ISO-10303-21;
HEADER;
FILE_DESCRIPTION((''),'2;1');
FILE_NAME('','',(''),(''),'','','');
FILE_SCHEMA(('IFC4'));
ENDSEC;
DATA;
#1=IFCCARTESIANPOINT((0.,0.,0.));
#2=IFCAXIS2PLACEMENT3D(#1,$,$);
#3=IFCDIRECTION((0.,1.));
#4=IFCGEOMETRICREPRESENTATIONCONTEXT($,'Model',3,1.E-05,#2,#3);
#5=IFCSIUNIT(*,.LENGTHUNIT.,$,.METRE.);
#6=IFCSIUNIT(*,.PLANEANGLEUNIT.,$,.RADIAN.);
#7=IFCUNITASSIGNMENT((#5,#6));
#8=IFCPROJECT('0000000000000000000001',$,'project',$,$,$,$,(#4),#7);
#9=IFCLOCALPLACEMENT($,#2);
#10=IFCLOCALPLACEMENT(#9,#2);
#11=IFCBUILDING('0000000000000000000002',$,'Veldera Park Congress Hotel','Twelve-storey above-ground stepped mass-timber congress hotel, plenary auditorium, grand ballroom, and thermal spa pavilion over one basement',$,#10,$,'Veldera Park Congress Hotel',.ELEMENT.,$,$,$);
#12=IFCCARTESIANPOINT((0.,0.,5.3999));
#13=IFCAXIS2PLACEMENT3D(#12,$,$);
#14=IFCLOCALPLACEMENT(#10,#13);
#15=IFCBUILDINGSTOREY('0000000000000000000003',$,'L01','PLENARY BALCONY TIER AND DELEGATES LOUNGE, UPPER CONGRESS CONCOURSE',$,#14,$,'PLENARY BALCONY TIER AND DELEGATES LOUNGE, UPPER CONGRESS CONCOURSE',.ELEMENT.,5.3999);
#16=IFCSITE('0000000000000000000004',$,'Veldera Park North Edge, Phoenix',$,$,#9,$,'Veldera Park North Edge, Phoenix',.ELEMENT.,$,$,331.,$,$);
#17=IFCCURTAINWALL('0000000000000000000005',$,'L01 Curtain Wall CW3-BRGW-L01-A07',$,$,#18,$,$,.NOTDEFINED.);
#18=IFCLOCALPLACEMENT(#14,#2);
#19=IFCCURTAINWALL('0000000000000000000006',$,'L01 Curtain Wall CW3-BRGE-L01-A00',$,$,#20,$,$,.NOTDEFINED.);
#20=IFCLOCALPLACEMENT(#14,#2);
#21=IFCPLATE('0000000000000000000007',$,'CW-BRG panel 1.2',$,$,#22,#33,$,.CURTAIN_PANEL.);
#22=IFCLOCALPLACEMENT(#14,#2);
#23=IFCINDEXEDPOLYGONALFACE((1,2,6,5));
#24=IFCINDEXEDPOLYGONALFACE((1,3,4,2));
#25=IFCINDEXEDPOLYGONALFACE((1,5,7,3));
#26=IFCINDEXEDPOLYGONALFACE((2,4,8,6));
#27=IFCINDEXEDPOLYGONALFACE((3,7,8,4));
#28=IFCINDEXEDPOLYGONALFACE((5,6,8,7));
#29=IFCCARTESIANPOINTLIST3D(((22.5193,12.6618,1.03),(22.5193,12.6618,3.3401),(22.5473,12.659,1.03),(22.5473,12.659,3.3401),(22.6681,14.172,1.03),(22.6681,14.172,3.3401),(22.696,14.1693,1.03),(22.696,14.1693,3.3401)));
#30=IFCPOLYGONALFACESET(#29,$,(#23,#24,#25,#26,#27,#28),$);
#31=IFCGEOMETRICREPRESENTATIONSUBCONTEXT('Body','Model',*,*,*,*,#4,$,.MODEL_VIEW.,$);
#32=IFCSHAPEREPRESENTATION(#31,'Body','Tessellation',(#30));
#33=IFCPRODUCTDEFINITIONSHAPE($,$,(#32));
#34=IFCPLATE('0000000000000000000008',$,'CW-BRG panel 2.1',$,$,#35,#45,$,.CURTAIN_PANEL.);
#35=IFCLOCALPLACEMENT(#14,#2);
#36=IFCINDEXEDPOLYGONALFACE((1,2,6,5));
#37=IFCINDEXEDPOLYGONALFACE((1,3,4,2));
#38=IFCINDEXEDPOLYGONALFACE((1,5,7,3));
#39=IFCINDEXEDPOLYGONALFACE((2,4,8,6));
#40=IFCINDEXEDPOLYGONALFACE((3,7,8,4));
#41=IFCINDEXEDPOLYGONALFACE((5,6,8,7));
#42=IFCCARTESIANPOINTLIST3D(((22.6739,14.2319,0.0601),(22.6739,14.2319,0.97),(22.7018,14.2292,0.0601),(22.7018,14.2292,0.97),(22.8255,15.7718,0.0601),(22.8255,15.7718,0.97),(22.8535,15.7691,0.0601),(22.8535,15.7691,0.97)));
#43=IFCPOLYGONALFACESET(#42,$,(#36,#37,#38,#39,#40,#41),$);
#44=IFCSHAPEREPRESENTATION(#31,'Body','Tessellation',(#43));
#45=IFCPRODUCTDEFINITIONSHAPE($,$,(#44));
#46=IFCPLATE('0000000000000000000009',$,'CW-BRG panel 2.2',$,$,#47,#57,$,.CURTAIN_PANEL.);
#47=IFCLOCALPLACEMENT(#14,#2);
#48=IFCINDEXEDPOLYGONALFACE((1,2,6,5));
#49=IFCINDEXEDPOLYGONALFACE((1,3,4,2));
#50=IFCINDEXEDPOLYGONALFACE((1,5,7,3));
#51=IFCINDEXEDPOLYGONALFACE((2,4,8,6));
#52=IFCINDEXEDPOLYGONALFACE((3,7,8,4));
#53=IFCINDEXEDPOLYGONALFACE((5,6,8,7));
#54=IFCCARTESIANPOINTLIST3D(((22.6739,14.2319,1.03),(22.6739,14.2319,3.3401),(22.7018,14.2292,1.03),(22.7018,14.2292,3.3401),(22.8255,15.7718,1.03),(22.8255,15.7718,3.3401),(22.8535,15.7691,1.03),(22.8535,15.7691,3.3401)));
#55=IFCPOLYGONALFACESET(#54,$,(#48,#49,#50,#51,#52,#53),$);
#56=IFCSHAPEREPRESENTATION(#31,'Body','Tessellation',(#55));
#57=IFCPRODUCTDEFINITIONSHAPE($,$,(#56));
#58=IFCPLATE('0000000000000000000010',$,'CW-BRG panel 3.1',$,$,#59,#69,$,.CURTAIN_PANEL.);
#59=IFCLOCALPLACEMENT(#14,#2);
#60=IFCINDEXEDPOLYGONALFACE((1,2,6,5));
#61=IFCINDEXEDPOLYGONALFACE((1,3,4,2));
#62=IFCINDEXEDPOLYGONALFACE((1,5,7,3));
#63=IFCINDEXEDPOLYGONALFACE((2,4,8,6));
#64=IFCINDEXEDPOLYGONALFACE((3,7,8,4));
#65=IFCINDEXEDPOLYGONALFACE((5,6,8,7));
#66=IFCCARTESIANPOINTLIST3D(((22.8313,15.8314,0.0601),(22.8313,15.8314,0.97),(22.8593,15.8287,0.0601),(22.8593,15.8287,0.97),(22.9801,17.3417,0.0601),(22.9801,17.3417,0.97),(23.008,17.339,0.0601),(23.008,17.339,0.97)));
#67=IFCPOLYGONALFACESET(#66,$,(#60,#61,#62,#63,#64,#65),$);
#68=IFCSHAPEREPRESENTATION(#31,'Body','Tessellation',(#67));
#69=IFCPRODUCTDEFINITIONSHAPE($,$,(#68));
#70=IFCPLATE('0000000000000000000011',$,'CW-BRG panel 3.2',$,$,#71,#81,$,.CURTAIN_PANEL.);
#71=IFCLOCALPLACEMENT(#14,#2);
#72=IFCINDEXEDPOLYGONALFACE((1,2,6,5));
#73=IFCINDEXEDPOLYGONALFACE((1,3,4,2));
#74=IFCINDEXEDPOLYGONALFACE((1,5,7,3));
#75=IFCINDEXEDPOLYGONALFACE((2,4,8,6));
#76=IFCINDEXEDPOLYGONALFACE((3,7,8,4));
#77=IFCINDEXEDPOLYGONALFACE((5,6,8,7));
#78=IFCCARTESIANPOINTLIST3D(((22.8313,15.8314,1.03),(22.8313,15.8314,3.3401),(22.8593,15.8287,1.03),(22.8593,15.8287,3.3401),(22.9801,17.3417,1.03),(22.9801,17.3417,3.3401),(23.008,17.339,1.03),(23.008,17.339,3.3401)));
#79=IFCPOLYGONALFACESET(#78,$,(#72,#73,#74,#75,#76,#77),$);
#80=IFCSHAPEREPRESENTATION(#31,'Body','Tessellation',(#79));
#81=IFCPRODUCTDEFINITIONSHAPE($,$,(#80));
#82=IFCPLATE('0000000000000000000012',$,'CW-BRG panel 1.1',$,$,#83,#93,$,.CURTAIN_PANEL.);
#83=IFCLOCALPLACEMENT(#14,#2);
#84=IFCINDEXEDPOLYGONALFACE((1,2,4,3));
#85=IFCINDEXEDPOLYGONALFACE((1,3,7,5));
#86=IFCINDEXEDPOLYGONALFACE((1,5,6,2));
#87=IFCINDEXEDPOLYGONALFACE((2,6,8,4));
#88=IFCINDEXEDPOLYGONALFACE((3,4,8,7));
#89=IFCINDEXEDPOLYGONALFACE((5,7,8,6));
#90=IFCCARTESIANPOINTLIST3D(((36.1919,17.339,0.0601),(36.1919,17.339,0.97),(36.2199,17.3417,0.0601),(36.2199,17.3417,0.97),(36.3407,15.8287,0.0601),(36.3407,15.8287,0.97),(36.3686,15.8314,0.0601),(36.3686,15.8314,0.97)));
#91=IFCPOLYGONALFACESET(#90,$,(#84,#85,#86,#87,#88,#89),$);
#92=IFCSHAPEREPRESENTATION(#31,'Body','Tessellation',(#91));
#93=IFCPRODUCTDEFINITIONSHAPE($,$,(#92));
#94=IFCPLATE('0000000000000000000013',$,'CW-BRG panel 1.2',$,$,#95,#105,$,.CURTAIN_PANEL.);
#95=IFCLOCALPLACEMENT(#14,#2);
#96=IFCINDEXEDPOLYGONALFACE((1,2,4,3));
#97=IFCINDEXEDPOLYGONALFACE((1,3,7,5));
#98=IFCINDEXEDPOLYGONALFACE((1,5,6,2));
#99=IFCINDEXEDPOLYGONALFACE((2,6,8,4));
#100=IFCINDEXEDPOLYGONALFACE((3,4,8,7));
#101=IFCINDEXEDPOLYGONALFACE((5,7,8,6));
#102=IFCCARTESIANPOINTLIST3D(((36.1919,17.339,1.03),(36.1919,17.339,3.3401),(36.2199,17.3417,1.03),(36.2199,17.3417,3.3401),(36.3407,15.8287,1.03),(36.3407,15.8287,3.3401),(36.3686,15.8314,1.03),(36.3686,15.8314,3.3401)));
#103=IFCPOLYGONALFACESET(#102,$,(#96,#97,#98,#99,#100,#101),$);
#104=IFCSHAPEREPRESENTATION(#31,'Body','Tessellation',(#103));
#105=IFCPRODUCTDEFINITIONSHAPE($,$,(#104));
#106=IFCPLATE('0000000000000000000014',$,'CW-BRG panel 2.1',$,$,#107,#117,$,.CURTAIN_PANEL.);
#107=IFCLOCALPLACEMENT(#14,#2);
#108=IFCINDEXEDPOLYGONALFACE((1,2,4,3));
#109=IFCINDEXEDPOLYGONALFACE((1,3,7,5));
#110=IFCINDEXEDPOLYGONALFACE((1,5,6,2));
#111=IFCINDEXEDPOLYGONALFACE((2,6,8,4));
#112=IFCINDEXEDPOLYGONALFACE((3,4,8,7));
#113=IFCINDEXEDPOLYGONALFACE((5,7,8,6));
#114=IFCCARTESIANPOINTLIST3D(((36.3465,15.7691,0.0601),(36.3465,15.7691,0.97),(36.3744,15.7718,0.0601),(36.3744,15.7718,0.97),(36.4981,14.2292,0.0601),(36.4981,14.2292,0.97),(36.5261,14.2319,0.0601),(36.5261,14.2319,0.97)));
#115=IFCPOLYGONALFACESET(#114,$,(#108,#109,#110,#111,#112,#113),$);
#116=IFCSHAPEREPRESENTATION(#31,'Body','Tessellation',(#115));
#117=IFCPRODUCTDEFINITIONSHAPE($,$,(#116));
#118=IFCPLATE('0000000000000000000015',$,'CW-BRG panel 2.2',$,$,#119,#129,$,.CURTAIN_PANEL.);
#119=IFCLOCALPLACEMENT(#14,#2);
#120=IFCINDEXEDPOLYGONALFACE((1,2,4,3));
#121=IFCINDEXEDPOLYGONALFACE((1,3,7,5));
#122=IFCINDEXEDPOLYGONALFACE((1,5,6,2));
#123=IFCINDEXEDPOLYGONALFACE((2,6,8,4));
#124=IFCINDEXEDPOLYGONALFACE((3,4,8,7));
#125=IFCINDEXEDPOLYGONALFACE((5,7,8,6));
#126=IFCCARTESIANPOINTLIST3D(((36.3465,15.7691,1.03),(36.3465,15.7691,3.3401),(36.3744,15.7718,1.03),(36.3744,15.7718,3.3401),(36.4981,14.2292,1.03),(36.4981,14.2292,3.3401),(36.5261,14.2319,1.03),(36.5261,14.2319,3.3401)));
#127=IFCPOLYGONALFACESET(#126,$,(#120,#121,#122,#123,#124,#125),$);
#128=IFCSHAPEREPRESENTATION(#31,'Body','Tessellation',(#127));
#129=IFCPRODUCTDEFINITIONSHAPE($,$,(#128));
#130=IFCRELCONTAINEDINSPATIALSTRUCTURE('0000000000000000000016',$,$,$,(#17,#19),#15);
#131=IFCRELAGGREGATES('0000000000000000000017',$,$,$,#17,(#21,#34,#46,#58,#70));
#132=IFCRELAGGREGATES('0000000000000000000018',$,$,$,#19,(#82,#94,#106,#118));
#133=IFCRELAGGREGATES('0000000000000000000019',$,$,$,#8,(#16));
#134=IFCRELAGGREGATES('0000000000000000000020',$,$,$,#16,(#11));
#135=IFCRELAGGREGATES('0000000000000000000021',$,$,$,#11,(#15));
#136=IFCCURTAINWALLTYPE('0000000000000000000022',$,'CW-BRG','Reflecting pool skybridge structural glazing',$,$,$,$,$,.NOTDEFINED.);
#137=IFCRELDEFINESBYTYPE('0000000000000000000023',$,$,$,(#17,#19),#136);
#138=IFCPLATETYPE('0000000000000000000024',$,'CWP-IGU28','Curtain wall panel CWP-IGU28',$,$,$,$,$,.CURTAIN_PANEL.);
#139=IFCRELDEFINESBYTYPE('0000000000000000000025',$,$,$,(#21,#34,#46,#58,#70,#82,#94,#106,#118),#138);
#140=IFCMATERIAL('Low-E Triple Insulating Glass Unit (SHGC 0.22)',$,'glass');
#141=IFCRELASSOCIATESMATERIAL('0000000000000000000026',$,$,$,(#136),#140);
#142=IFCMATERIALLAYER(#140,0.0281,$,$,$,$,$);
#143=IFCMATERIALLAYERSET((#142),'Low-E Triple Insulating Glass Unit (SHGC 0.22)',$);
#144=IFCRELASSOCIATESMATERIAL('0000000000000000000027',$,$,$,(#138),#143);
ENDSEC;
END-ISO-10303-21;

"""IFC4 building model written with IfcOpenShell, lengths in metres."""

from ifc_helpers import new_model, si_unit, direction, frame, origin, origin_2d, place, context, subcontext, project, spatial, rectangle, extrude, material, layer, layer_set, type_object, element, aggregate, save


model = new_model("IFC4")

# Units and contexts
model_context = context("Model", 3, precision=1e-05, world=origin(), true_north=direction((0.0, 1.0)))
body_context = subcontext(model_context, "Body", "Model", "MODEL_VIEW")
ifc_project = project(units=[si_unit("LENGTHUNIT", "METRE"), si_unit("PLANEANGLEUNIT", "RADIAN")], contexts=[model_context])

# Site, building, storey
site_placement = place(None, origin())
site = spatial("IfcSite", under=ifc_project, at=site_placement, Name="Veldera Park North Edge, Phoenix", LongName="Veldera Park North Edge, Phoenix", CompositionType="ELEMENT", RefElevation=331.0)
building_placement = place(site_placement, origin())
building = spatial("IfcBuilding", under=site, at=building_placement, Name="Veldera Park Congress Hotel", Description="Twelve-storey above-ground stepped mass-timber congress hotel, plenary auditorium, grand ballroom, and thermal spa pavilion over one basement", LongName="Veldera Park Congress Hotel", CompositionType="ELEMENT")
storey_placement = place(building_placement, frame((0.0, 0.0, 5.3999)))
storey = spatial("IfcBuildingStorey", under=building, at=storey_placement, Name="L01", Description="PLENARY BALCONY TIER AND DELEGATES LOUNGE, UPPER CONGRESS CONCOURSE", LongName="PLENARY BALCONY TIER AND DELEGATES LOUNGE, UPPER CONGRESS CONCOURSE", CompositionType="ELEMENT", Elevation=5.3999)

# Shared definitions
ifc_material_1 = material(Name="Low-E Triple Insulating Glass Unit (SHGC 0.22)", Category="glass")
curtain_wall_type = type_object("IfcCurtainWallType", Name="CW-BRG", Description="Reflecting pool skybridge structural glazing", PredefinedType="NOTDEFINED", material=ifc_material_1)

# Curtain walls
curtain_wall_1_placement = place(storey_placement, origin())
curtain_wall_1 = element("IfcCurtainWall", 1, at=curtain_wall_1_placement, inside=storey, type_object=curtain_wall_type, Name="L01 Curtain Wall CW3-BRGW-L01-A07", PredefinedType="NOTDEFINED")
curtain_wall_2_placement = place(storey_placement, origin())
curtain_wall_2 = element("IfcCurtainWall", 2, at=curtain_wall_2_placement, inside=storey, type_object=curtain_wall_type, Name="L01 Curtain Wall CW3-BRGE-L01-A00", PredefinedType="NOTDEFINED")

# Plates
ifc_layer = layer(ifc_material_1, 0.0281)
ifc_layer_set = layer_set([ifc_layer], Name="Low-E Triple Insulating Glass Unit (SHGC 0.22)")
plate_type = type_object("IfcPlateType", Name="CWP-IGU28", Description="Curtain wall panel CWP-IGU28", PredefinedType="CURTAIN_PANEL", material=ifc_layer_set)
plate_1_placement = place(storey_placement, frame((22.6077, 13.4155, 1.03), z_axis=(0.0, 0.0, 1.0), x_axis=(0.098021, 0.995184, 0.0)))
plate_1 = element("IfcPlate", 3, at=plate_1_placement, type_object=plate_type, Name="CW-BRG panel 1.2", PredefinedType="CURTAIN_PANEL", context=body_context, shape_type="SweptSolid", body=[
    extrude(rectangle(XDim=1.5176, YDim=0.0281, at=origin_2d()), origin(), (0.0, 0.0, 1.0), 2.3101),
])
plate_2_placement = place(storey_placement, frame((22.7637, 15.0005, 0.0601), z_axis=(0.0, 0.0, 1.0), x_axis=(0.098021, 0.995184, 0.0)))
plate_2 = element("IfcPlate", 4, at=plate_2_placement, type_object=plate_type, Name="CW-BRG panel 2.1", PredefinedType="CURTAIN_PANEL", context=body_context, shape_type="SweptSolid", body=[
    extrude(rectangle(XDim=1.5474, YDim=0.0281, at=origin_2d()), origin(), (0.0, 0.0, 1.0), 0.9099),
])
plate_3_placement = place(storey_placement, frame((22.7637, 15.0005, 1.03), z_axis=(0.0, 0.0, 1.0), x_axis=(0.098021, 0.995184, 0.0)))
plate_3 = element("IfcPlate", 5, at=plate_3_placement, type_object=plate_type, Name="CW-BRG panel 2.2", PredefinedType="CURTAIN_PANEL", context=body_context, shape_type="SweptSolid", body=[
    extrude(rectangle(XDim=1.5474, YDim=0.0281, at=origin_2d()), origin(), (0.0, 0.0, 1.0), 2.3101),
])
plate_4_placement = place(storey_placement, frame((22.9197, 16.5852, 0.0601), z_axis=(0.0, 0.0, 1.0), x_axis=(0.098021, 0.995184, 0.0)))
plate_4 = element("IfcPlate", 6, at=plate_4_placement, type_object=plate_type, Name="CW-BRG panel 3.1", PredefinedType="CURTAIN_PANEL", context=body_context, shape_type="SweptSolid", body=[
    extrude(rectangle(XDim=1.5176, YDim=0.0281, at=origin_2d()), origin(), (0.0, 0.0, 1.0), 0.9099),
])
plate_5_placement = place(storey_placement, frame((22.9197, 16.5852, 1.03), z_axis=(0.0, 0.0, 1.0), x_axis=(0.098021, 0.995184, 0.0)))
plate_5 = element("IfcPlate", 7, at=plate_5_placement, type_object=plate_type, Name="CW-BRG panel 3.2", PredefinedType="CURTAIN_PANEL", context=body_context, shape_type="SweptSolid", body=[
    extrude(rectangle(XDim=1.5176, YDim=0.0281, at=origin_2d()), origin(), (0.0, 0.0, 1.0), 2.3101),
])
aggregate(curtain_wall_1, [plate_1, plate_2, plate_3, plate_4, plate_5])
plate_6_placement = place(storey_placement, frame((36.2803, 16.5852, 0.0601), z_axis=(0.0, 0.0, 1.0), x_axis=(0.098021, -0.995184, 0.0)))
plate_6 = element("IfcPlate", 8, at=plate_6_placement, type_object=plate_type, Name="CW-BRG panel 1.1", PredefinedType="CURTAIN_PANEL", context=body_context, shape_type="SweptSolid", body=[
    extrude(rectangle(XDim=1.5176, YDim=0.0281, at=origin_2d()), origin(), (0.0, 0.0, 1.0), 0.9099),
])
plate_7_placement = place(storey_placement, frame((36.2803, 16.5852, 1.03), z_axis=(0.0, 0.0, 1.0), x_axis=(0.098021, -0.995184, 0.0)))
plate_7 = element("IfcPlate", 9, at=plate_7_placement, type_object=plate_type, Name="CW-BRG panel 1.2", PredefinedType="CURTAIN_PANEL", context=body_context, shape_type="SweptSolid", body=[
    extrude(rectangle(XDim=1.5176, YDim=0.0281, at=origin_2d()), origin(), (0.0, 0.0, 1.0), 2.3101),
])
plate_8_placement = place(storey_placement, frame((36.4363, 15.0005, 0.0601), z_axis=(0.0, 0.0, 1.0), x_axis=(0.098021, -0.995184, 0.0)))
plate_8 = element("IfcPlate", 10, at=plate_8_placement, type_object=plate_type, Name="CW-BRG panel 2.1", PredefinedType="CURTAIN_PANEL", context=body_context, shape_type="SweptSolid", body=[
    extrude(rectangle(XDim=1.5474, YDim=0.0281, at=origin_2d()), origin(), (0.0, 0.0, 1.0), 0.9099),
])
plate_9_placement = place(storey_placement, frame((36.4363, 15.0005, 1.03), z_axis=(0.0, 0.0, 1.0), x_axis=(0.098021, -0.995184, 0.0)))
plate_9 = element("IfcPlate", 11, at=plate_9_placement, type_object=plate_type, Name="CW-BRG panel 2.2", PredefinedType="CURTAIN_PANEL", context=body_context, shape_type="SweptSolid", body=[
    extrude(rectangle(XDim=1.5474, YDim=0.0281, at=origin_2d()), origin(), (0.0, 0.0, 1.0), 2.3101),
])
aggregate(curtain_wall_2, [plate_6, plate_7, plate_8, plate_9])

save(model, "model.ifc")
